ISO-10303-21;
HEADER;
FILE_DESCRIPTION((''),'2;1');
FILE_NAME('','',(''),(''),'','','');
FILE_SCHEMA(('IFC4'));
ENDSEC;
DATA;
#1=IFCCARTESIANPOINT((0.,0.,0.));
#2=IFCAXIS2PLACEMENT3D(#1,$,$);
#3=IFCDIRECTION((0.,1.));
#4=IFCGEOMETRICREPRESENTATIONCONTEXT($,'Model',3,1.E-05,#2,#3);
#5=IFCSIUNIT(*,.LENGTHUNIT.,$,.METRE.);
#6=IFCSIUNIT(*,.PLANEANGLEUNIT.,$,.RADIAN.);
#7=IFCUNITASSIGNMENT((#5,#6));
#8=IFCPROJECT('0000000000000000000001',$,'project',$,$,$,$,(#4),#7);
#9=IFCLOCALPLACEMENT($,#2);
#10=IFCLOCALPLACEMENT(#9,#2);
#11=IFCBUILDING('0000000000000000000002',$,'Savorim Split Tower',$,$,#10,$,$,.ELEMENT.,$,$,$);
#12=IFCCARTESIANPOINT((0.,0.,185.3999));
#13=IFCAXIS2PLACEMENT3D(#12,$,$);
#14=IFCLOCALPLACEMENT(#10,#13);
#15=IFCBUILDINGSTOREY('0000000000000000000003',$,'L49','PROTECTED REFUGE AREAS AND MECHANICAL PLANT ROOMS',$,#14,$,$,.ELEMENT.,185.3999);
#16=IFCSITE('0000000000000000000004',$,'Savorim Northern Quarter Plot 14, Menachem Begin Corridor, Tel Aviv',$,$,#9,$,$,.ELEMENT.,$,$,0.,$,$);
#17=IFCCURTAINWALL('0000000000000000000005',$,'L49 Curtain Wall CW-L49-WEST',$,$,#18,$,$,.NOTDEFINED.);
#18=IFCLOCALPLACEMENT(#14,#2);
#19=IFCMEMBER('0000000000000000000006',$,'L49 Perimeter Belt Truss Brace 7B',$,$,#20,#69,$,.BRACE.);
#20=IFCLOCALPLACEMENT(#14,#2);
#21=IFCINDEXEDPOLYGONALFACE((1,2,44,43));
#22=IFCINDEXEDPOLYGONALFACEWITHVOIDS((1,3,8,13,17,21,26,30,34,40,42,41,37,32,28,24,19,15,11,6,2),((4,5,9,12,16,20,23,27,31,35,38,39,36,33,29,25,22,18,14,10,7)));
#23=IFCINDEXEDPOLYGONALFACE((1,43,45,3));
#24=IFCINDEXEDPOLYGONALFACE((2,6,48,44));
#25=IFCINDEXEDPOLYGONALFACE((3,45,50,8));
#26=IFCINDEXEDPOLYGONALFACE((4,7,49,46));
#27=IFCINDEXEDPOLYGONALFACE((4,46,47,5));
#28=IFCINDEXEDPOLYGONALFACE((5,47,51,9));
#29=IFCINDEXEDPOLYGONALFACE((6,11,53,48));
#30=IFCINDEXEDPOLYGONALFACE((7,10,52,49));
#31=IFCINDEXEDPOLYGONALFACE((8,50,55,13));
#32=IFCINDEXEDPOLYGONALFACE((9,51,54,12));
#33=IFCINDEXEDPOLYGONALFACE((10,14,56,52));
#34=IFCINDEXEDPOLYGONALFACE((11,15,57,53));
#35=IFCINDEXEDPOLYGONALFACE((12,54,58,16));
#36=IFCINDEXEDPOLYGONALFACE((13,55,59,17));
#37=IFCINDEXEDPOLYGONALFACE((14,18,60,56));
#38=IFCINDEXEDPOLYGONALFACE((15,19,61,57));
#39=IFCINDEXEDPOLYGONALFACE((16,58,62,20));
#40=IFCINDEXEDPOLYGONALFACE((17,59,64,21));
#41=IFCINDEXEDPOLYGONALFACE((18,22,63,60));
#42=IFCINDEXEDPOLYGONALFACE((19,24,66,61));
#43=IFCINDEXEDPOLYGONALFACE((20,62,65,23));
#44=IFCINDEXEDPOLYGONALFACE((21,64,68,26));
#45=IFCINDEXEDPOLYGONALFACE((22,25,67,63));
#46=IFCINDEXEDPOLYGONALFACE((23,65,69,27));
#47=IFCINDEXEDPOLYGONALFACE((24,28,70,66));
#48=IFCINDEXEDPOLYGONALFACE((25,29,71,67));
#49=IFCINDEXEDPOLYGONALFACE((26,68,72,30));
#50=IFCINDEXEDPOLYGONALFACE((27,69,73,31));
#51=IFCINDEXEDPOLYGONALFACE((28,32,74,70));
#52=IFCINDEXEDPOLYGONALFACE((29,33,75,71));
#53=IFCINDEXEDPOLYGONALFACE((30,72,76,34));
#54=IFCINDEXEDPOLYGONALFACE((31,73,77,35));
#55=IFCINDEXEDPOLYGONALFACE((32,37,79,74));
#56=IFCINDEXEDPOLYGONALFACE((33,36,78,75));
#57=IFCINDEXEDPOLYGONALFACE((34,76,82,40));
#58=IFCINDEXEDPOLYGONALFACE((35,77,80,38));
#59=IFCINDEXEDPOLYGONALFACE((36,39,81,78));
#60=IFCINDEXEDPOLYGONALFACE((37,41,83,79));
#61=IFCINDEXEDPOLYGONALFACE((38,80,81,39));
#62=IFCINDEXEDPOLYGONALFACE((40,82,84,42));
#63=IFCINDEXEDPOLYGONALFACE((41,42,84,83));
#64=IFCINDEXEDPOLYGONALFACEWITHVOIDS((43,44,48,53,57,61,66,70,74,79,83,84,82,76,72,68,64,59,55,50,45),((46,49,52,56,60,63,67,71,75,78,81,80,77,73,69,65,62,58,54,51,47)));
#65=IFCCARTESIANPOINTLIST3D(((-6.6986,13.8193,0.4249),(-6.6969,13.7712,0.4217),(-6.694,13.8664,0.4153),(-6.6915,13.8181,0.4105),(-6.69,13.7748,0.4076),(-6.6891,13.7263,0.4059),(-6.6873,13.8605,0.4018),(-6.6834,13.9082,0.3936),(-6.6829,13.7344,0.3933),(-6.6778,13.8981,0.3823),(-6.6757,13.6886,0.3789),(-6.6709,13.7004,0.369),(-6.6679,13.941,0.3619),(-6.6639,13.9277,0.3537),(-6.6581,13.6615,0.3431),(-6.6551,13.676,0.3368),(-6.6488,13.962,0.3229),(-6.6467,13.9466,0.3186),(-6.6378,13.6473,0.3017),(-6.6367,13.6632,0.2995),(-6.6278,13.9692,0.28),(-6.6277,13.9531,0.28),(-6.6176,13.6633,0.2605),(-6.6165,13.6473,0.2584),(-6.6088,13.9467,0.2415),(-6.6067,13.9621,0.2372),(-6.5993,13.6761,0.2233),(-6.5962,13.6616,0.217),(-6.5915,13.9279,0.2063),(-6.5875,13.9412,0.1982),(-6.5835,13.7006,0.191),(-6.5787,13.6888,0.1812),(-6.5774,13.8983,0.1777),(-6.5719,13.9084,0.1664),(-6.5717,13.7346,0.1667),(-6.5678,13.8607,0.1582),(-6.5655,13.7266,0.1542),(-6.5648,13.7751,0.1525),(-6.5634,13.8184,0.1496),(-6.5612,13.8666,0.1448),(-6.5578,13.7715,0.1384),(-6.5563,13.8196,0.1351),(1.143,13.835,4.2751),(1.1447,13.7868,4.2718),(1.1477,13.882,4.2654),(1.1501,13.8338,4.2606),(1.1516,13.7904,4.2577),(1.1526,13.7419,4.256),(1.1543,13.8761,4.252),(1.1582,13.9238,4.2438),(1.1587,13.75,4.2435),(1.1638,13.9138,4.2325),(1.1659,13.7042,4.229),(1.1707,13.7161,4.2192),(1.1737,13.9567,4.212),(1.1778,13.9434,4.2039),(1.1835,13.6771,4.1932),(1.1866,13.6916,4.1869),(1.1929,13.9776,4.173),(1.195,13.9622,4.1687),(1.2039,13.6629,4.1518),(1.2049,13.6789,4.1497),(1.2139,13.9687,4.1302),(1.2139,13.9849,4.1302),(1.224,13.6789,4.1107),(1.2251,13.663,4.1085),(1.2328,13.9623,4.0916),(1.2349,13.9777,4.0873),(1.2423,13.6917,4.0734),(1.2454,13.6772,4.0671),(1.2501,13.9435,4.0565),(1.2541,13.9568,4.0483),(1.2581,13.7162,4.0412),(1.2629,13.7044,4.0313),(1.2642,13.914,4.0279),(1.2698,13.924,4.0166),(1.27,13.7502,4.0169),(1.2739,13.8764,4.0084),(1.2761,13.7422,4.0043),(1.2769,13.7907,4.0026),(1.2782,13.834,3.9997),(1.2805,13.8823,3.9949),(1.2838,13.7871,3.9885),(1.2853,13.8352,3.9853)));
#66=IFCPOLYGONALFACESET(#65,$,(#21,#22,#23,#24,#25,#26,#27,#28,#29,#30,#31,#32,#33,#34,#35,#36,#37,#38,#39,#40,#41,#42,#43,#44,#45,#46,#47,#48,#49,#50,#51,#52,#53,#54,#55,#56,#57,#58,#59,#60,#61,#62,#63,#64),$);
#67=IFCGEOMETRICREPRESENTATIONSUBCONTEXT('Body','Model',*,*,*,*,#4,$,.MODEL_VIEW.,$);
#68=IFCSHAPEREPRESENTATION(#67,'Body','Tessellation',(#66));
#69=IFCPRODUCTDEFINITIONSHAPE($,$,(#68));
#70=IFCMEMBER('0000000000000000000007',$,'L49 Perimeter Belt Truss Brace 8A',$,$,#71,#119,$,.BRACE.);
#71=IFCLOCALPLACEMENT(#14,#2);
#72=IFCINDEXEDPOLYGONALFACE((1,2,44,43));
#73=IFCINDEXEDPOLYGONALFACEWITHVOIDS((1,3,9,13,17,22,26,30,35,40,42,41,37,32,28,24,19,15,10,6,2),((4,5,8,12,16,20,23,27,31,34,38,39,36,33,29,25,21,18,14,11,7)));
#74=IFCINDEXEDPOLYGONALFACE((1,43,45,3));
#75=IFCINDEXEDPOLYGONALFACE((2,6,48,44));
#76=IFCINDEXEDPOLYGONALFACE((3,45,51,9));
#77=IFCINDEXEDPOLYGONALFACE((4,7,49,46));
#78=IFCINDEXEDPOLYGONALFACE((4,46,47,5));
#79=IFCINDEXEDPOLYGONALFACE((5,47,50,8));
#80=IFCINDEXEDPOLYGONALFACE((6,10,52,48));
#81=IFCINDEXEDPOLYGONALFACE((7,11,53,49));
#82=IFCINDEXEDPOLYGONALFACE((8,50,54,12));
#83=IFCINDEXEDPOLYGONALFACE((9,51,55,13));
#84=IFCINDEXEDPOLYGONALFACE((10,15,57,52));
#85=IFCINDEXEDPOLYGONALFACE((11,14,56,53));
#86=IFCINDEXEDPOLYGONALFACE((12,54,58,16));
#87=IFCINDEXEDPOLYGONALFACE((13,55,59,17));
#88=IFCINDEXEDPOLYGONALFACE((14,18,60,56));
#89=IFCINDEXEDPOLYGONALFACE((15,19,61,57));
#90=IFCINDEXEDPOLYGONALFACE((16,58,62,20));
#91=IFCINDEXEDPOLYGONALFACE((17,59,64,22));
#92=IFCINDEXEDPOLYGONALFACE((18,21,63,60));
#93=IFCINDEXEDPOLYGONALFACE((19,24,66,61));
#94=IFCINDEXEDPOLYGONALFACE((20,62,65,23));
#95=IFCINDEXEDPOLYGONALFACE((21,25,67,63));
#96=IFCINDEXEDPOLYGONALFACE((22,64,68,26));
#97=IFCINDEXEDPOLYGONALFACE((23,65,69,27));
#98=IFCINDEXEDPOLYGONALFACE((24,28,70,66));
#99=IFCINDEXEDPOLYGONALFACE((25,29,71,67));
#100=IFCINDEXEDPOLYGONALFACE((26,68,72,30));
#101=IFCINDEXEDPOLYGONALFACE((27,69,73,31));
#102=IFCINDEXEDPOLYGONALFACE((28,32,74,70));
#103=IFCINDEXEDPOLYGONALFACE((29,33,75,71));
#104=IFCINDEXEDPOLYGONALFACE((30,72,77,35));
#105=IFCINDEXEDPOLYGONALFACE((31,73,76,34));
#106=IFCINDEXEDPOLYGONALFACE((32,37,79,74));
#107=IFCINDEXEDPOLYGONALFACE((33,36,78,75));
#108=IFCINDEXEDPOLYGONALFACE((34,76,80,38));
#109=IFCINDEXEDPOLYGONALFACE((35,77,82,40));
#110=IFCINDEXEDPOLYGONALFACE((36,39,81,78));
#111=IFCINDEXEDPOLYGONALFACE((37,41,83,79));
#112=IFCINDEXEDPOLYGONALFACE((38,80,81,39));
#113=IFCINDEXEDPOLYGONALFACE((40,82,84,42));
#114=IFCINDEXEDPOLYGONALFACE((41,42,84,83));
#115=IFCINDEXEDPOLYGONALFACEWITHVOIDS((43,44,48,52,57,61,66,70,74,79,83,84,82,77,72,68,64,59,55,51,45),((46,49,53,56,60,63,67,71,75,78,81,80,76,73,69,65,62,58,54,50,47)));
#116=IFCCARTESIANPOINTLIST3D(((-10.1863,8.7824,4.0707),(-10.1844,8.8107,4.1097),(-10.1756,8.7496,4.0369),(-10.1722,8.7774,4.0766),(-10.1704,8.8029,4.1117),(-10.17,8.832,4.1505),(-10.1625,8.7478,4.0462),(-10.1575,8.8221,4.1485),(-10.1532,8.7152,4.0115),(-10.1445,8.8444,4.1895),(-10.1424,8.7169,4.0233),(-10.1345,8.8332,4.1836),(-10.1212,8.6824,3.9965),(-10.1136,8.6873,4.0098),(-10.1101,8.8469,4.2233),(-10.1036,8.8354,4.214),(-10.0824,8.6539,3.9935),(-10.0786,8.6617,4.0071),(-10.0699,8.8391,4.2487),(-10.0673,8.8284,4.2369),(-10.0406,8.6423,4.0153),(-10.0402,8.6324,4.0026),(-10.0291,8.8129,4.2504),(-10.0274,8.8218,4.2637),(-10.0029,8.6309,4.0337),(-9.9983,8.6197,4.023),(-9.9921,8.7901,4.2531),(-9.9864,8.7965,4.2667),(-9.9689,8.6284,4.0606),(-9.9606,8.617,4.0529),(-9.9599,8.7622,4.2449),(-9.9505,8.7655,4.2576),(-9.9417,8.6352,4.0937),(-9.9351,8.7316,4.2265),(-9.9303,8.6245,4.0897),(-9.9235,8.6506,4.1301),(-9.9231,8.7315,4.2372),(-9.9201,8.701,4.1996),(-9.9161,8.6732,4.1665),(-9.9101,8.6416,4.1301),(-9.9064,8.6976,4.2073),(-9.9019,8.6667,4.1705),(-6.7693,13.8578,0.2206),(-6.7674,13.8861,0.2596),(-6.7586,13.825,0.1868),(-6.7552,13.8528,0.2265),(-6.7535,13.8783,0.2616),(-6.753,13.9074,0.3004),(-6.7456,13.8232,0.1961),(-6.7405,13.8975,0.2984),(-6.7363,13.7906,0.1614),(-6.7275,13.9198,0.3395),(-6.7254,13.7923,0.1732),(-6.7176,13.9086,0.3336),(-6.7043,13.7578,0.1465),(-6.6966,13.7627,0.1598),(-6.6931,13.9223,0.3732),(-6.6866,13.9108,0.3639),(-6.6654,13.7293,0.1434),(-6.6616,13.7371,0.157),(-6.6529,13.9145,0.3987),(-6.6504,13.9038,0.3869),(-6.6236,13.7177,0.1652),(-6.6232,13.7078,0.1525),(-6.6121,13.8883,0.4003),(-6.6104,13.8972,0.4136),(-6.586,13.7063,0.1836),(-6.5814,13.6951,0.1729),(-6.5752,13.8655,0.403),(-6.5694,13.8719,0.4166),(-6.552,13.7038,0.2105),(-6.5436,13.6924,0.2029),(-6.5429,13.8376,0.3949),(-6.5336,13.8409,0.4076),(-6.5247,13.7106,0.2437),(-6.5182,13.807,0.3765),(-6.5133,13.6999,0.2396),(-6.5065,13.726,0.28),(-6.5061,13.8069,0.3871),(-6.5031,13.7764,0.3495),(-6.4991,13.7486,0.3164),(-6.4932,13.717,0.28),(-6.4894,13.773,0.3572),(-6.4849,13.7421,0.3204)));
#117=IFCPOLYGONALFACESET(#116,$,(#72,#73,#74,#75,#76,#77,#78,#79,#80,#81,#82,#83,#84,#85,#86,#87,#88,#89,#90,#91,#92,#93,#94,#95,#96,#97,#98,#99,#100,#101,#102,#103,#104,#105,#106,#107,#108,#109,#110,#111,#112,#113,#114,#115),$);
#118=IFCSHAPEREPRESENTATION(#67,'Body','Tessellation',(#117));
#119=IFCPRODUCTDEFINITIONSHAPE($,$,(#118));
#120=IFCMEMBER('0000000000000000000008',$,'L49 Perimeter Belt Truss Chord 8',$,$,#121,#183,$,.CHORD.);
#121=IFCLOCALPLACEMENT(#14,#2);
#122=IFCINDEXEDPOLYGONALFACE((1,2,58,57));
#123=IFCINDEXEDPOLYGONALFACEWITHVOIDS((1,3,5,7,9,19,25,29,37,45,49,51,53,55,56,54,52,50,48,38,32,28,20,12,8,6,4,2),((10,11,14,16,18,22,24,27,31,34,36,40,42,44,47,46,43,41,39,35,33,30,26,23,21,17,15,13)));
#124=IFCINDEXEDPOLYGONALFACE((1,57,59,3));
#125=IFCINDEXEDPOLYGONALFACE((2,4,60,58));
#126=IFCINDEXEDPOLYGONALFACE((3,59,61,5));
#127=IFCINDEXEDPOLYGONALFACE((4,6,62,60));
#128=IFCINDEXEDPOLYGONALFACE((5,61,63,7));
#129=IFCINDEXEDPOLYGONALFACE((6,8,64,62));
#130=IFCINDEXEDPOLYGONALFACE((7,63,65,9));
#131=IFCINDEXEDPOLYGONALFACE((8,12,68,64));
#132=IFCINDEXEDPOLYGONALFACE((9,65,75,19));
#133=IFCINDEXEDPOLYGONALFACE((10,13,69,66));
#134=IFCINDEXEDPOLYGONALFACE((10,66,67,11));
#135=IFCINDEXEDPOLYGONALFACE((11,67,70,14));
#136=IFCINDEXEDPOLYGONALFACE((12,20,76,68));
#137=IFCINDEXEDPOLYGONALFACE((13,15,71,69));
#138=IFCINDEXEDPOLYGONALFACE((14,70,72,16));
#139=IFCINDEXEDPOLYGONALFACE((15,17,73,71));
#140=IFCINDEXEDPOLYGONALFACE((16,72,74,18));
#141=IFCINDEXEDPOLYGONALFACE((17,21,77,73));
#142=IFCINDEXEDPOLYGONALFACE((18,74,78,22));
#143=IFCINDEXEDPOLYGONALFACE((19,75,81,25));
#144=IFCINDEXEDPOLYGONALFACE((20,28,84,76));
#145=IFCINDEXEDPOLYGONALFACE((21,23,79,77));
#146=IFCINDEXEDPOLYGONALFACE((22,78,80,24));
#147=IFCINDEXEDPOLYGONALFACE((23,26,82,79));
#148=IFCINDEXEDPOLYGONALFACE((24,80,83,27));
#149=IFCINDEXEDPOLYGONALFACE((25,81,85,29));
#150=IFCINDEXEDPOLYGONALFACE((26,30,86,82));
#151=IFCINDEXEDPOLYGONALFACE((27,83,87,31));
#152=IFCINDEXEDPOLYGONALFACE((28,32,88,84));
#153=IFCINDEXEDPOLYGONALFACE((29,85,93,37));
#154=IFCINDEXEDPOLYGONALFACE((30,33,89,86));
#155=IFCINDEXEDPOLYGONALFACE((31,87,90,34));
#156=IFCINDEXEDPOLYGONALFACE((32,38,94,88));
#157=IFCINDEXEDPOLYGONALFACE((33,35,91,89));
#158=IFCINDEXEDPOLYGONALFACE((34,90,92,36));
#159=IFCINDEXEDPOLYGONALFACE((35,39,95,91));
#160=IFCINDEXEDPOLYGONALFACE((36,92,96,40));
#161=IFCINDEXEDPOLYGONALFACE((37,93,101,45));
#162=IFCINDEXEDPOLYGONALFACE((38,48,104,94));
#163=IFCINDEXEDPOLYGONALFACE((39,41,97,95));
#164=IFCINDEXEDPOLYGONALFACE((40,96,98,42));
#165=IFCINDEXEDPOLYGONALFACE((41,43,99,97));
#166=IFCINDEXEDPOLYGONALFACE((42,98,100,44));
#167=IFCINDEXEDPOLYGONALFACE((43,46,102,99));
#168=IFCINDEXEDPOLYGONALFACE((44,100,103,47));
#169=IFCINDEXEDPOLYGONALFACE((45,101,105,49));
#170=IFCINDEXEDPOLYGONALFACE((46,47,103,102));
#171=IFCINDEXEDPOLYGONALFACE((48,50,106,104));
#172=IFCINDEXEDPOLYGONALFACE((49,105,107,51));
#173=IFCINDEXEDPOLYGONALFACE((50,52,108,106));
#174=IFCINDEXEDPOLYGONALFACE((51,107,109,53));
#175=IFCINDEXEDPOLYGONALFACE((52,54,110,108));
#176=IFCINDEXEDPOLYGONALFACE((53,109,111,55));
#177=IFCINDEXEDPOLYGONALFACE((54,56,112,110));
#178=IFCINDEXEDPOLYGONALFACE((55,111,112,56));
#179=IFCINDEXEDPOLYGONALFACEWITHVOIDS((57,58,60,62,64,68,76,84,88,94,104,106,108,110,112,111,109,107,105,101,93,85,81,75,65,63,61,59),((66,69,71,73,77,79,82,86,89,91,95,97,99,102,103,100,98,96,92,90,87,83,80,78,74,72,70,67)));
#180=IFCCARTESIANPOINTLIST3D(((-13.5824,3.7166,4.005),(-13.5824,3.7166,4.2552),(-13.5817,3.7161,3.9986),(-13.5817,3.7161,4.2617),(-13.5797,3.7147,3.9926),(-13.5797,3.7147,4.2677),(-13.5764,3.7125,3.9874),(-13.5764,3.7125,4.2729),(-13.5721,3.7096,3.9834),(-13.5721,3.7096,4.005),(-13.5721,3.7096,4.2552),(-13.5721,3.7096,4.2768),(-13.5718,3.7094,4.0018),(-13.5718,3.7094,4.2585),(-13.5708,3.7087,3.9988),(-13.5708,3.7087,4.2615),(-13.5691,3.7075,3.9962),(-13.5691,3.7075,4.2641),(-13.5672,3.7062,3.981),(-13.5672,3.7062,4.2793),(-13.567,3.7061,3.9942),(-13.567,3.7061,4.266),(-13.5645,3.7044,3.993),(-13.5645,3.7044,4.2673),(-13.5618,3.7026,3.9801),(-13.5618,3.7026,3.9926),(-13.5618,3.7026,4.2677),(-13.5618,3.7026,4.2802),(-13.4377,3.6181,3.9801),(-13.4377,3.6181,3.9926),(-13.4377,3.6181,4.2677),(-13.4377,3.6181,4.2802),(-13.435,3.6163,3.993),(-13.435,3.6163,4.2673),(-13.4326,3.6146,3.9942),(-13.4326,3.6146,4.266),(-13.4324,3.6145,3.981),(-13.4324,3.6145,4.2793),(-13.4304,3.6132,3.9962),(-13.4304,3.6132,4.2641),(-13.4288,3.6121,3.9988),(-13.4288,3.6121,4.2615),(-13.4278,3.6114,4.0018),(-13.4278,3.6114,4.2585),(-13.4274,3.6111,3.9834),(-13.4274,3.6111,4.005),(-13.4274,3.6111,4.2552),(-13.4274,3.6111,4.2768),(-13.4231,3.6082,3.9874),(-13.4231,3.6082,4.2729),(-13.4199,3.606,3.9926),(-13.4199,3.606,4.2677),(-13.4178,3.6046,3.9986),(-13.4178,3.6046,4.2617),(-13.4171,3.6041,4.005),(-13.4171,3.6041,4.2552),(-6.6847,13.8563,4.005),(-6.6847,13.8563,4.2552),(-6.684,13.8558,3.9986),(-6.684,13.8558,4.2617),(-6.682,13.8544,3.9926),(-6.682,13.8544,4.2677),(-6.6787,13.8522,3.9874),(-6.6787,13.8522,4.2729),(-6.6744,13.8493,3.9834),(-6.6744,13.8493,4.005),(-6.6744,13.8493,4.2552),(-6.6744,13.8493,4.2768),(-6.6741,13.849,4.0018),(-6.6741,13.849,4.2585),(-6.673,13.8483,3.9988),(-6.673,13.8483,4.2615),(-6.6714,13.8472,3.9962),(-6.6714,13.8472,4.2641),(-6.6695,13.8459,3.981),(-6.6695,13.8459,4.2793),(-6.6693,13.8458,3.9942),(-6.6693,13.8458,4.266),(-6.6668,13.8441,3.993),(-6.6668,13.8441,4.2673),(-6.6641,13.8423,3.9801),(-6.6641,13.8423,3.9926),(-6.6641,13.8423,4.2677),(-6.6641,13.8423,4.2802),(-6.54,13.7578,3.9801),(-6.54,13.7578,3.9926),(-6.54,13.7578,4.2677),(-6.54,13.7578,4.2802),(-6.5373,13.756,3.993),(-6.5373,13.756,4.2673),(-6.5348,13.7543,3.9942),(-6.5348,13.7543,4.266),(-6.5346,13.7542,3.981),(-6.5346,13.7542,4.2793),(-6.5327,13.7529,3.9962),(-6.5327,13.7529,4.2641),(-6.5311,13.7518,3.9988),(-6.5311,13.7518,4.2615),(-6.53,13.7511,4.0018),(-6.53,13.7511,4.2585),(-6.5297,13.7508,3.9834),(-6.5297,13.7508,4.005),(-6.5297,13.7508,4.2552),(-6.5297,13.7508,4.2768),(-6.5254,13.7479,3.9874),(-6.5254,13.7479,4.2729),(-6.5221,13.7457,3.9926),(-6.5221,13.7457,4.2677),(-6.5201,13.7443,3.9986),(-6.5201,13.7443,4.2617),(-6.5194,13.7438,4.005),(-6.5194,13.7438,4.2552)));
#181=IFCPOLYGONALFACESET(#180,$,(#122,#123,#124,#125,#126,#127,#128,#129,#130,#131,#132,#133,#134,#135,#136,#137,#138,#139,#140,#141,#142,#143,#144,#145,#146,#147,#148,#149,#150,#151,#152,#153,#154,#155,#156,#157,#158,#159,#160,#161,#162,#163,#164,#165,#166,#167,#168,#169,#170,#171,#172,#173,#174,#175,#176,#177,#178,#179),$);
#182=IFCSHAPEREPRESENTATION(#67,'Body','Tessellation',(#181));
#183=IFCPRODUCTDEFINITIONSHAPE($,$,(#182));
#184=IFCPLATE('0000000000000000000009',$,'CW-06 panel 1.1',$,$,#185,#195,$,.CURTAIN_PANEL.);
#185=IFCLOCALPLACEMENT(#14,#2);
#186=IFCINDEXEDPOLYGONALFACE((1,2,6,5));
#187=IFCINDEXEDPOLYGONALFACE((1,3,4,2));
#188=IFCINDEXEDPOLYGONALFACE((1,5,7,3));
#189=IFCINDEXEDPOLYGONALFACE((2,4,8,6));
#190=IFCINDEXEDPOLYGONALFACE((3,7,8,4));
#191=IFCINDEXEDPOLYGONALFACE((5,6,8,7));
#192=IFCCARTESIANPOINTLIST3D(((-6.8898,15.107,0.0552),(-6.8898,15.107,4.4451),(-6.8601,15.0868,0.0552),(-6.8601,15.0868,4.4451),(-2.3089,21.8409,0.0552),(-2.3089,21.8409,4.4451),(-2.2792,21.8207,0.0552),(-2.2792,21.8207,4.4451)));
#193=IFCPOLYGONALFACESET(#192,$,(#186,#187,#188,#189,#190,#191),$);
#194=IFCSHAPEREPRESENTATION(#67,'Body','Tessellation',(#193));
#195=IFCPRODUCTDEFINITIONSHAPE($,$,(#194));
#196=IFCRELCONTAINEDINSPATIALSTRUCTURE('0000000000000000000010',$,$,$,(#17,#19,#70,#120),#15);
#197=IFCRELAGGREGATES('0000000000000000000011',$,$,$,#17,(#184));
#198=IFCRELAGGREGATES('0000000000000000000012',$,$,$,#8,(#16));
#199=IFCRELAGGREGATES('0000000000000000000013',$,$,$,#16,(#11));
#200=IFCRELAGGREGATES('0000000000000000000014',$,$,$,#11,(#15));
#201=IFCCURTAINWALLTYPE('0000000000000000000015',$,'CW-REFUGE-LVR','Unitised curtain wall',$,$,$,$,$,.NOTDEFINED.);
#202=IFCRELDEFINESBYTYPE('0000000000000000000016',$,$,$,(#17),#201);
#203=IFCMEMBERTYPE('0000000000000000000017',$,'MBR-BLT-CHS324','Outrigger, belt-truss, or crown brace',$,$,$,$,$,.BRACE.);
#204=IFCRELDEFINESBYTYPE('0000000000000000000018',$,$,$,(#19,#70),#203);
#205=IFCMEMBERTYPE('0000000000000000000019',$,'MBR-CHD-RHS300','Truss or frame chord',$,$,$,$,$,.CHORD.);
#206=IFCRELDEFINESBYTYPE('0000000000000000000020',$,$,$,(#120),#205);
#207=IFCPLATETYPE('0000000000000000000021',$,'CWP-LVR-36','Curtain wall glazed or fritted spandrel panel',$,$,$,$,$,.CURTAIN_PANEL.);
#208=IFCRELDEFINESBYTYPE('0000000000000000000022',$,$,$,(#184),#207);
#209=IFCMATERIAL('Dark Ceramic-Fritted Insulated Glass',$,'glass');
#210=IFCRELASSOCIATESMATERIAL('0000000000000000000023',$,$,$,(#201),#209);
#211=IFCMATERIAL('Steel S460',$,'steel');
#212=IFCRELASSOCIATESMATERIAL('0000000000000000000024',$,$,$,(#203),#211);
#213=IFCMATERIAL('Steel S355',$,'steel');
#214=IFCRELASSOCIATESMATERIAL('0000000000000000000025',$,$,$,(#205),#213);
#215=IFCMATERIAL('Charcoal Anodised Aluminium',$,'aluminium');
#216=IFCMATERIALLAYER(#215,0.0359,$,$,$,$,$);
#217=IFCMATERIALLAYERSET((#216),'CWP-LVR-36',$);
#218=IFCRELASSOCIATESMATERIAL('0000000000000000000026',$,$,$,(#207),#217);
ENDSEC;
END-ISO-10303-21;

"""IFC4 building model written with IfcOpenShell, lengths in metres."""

from ifc_helpers import new_model, si_unit, direction, frame, origin, origin_2d, place, context, subcontext, project, spatial, rectangle, hollow_rectangle, hollow_circle, extrude, material, layer, layer_set, material_profile, profile_set, type_object, element, aggregate, save


model = new_model("IFC4")

# Units and contexts
model_context = context("Model", 3, precision=1e-05, world=origin(), true_north=direction((0.0, 1.0)))
body_context = subcontext(model_context, "Body", "Model", "MODEL_VIEW")
ifc_project = project(units=[si_unit("LENGTHUNIT", "METRE"), si_unit("PLANEANGLEUNIT", "RADIAN")], contexts=[model_context])

# Site, building, storey
site_placement = place(None, origin())
site = spatial("IfcSite", under=ifc_project, at=site_placement, Name="Savorim Northern Quarter Plot 14, Menachem Begin Corridor, Tel Aviv", CompositionType="ELEMENT", RefElevation=0.0)
building_placement = place(site_placement, origin())
building = spatial("IfcBuilding", under=site, at=building_placement, Name="Savorim Split Tower", CompositionType="ELEMENT")
storey_placement = place(building_placement, frame((0.0, 0.0, 185.3999)))
storey = spatial("IfcBuildingStorey", under=building, at=storey_placement, Name="L49", Description="PROTECTED REFUGE AREAS AND MECHANICAL PLANT ROOMS", CompositionType="ELEMENT", Elevation=185.3999)

# Shared definitions
ifc_material_1 = material(Name="Steel S355", Category="steel")
ifc_material_2 = material(Name="Steel S460", Category="steel")

# Curtain wall
ifc_material_3 = material(Name="Dark Ceramic-Fritted Insulated Glass", Category="glass")
curtain_wall_type = type_object("IfcCurtainWallType", Name="CW-REFUGE-LVR", Description="Unitised curtain wall", PredefinedType="NOTDEFINED", material=ifc_material_3)
curtain_wall_placement = place(storey_placement, origin())
curtain_wall = element("IfcCurtainWall", 1, at=curtain_wall_placement, inside=storey, type_object=curtain_wall_type, Name="L49 Curtain Wall CW-L49-WEST", PredefinedType="NOTDEFINED")
ifc_material_4 = material(Name="Charcoal Anodised Aluminium", Category="aluminium")

# Members
ifc_material_profile_1 = material_profile(ifc_material_2, hollow_circle(Radius=0.1619, WallThickness=0.0161, at=origin_2d()), Name="CHS 323.9x16")
ifc_profile_set_1 = profile_set([ifc_material_profile_1], Name="Steel S460")
member_type_1 = type_object("IfcMemberType", Name="MBR-BLT-CHS324", Description="Outrigger, belt-truss, or crown brace", PredefinedType="BRACE", material=ifc_profile_set_1)
member_1_placement = place(storey_placement, frame((-6.6274, 13.8074, 0.28), z_axis=(0.897639, 0.001789, 0.440729), x_axis=(-0.001993, 0.999998, 0.0)))
element("IfcMember", 2, at=member_1_placement, inside=storey, type_object=member_type_1, Name="L49 Perimeter Belt Truss Brace 7B", PredefinedType="BRACE", context=body_context, shape_type="SweptSolid", body=[
    extrude(hollow_circle(Radius=0.1619, WallThickness=0.0161, at=origin_2d()), origin(), (0.0, 0.0, 1.0), 8.7358),
])
member_2_placement = place(storey_placement, frame((-6.6274, 13.8074, 0.28), z_axis=(-0.472675, -0.702089, 0.532587), x_axis=(0.829525, -0.55847, 0.0)))
element("IfcMember", 3, at=member_2_placement, inside=storey, type_object=member_type_1, Name="L49 Perimeter Belt Truss Brace 8A", PredefinedType="BRACE", context=body_context, shape_type="SweptSolid", body=[
    extrude(hollow_circle(Radius=0.1619, WallThickness=0.0161, at=origin_2d()), origin(), (0.0, 0.0, 1.0), 7.229),
])
ifc_material_profile_2 = material_profile(ifc_material_1, hollow_rectangle(XDim=0.2, YDim=0.3, WallThickness=0.0125, InnerFilletRadius=0.0125, OuterFilletRadius=0.0249, at=origin_2d()), Name="RHS 300x200x12.5")
ifc_profile_set_2 = profile_set([ifc_material_profile_2], Name="Steel S355")
member_type_2 = type_object("IfcMemberType", Name="MBR-CHD-RHS300", Description="Truss or frame chord", PredefinedType="CHORD", material=ifc_profile_set_2)
member_3_placement = place(storey_placement, frame((-6.6021, 13.8, 4.1301), z_axis=(-0.562463, -0.826822, 0.0), x_axis=(0.826822, -0.562463, 0.0)))
element("IfcMember", 4, at=member_3_placement, inside=storey, type_object=member_type_2, Name="L49 Perimeter Belt Truss Chord 8", PredefinedType="CHORD", context=body_context, shape_type="SweptSolid", body=[
    extrude(hollow_rectangle(XDim=0.2, YDim=0.3, WallThickness=0.0125, InnerFilletRadius=0.0125, OuterFilletRadius=0.0249, at=origin_2d()), origin(), (0.0, 0.0, 1.0), 12.2634),
])

# Plate
ifc_layer_1 = layer(ifc_material_4, 0.0359)
ifc_layer_set_1 = layer_set([ifc_layer_1], Name="CWP-LVR-36")
plate_type_1 = type_object("IfcPlateType", Name="CWP-LVR-36", Description="Curtain wall glazed or fritted spandrel panel", PredefinedType="CURTAIN_PANEL", material=ifc_layer_set_1)
plate_1_placement = place(storey_placement, frame((-4.5845, 18.4639, 0.0552), z_axis=(0.0, 0.0, 1.0), x_axis=(-0.562466, -0.82682, 0.0)))
plate_1 = element("IfcPlate", 5, at=plate_1_placement, type_object=plate_type_1, Name="CW-06 panel 1.1", PredefinedType="CURTAIN_PANEL", context=body_context, shape_type="SweptSolid", body=[
    extrude(rectangle(XDim=8.1443, YDim=0.0359, at=origin_2d()), origin(), (0.0, 0.0, 1.0), 4.3899),
])
aggregate(curtain_wall, [plate_1])

save(model, "model.ifc")
